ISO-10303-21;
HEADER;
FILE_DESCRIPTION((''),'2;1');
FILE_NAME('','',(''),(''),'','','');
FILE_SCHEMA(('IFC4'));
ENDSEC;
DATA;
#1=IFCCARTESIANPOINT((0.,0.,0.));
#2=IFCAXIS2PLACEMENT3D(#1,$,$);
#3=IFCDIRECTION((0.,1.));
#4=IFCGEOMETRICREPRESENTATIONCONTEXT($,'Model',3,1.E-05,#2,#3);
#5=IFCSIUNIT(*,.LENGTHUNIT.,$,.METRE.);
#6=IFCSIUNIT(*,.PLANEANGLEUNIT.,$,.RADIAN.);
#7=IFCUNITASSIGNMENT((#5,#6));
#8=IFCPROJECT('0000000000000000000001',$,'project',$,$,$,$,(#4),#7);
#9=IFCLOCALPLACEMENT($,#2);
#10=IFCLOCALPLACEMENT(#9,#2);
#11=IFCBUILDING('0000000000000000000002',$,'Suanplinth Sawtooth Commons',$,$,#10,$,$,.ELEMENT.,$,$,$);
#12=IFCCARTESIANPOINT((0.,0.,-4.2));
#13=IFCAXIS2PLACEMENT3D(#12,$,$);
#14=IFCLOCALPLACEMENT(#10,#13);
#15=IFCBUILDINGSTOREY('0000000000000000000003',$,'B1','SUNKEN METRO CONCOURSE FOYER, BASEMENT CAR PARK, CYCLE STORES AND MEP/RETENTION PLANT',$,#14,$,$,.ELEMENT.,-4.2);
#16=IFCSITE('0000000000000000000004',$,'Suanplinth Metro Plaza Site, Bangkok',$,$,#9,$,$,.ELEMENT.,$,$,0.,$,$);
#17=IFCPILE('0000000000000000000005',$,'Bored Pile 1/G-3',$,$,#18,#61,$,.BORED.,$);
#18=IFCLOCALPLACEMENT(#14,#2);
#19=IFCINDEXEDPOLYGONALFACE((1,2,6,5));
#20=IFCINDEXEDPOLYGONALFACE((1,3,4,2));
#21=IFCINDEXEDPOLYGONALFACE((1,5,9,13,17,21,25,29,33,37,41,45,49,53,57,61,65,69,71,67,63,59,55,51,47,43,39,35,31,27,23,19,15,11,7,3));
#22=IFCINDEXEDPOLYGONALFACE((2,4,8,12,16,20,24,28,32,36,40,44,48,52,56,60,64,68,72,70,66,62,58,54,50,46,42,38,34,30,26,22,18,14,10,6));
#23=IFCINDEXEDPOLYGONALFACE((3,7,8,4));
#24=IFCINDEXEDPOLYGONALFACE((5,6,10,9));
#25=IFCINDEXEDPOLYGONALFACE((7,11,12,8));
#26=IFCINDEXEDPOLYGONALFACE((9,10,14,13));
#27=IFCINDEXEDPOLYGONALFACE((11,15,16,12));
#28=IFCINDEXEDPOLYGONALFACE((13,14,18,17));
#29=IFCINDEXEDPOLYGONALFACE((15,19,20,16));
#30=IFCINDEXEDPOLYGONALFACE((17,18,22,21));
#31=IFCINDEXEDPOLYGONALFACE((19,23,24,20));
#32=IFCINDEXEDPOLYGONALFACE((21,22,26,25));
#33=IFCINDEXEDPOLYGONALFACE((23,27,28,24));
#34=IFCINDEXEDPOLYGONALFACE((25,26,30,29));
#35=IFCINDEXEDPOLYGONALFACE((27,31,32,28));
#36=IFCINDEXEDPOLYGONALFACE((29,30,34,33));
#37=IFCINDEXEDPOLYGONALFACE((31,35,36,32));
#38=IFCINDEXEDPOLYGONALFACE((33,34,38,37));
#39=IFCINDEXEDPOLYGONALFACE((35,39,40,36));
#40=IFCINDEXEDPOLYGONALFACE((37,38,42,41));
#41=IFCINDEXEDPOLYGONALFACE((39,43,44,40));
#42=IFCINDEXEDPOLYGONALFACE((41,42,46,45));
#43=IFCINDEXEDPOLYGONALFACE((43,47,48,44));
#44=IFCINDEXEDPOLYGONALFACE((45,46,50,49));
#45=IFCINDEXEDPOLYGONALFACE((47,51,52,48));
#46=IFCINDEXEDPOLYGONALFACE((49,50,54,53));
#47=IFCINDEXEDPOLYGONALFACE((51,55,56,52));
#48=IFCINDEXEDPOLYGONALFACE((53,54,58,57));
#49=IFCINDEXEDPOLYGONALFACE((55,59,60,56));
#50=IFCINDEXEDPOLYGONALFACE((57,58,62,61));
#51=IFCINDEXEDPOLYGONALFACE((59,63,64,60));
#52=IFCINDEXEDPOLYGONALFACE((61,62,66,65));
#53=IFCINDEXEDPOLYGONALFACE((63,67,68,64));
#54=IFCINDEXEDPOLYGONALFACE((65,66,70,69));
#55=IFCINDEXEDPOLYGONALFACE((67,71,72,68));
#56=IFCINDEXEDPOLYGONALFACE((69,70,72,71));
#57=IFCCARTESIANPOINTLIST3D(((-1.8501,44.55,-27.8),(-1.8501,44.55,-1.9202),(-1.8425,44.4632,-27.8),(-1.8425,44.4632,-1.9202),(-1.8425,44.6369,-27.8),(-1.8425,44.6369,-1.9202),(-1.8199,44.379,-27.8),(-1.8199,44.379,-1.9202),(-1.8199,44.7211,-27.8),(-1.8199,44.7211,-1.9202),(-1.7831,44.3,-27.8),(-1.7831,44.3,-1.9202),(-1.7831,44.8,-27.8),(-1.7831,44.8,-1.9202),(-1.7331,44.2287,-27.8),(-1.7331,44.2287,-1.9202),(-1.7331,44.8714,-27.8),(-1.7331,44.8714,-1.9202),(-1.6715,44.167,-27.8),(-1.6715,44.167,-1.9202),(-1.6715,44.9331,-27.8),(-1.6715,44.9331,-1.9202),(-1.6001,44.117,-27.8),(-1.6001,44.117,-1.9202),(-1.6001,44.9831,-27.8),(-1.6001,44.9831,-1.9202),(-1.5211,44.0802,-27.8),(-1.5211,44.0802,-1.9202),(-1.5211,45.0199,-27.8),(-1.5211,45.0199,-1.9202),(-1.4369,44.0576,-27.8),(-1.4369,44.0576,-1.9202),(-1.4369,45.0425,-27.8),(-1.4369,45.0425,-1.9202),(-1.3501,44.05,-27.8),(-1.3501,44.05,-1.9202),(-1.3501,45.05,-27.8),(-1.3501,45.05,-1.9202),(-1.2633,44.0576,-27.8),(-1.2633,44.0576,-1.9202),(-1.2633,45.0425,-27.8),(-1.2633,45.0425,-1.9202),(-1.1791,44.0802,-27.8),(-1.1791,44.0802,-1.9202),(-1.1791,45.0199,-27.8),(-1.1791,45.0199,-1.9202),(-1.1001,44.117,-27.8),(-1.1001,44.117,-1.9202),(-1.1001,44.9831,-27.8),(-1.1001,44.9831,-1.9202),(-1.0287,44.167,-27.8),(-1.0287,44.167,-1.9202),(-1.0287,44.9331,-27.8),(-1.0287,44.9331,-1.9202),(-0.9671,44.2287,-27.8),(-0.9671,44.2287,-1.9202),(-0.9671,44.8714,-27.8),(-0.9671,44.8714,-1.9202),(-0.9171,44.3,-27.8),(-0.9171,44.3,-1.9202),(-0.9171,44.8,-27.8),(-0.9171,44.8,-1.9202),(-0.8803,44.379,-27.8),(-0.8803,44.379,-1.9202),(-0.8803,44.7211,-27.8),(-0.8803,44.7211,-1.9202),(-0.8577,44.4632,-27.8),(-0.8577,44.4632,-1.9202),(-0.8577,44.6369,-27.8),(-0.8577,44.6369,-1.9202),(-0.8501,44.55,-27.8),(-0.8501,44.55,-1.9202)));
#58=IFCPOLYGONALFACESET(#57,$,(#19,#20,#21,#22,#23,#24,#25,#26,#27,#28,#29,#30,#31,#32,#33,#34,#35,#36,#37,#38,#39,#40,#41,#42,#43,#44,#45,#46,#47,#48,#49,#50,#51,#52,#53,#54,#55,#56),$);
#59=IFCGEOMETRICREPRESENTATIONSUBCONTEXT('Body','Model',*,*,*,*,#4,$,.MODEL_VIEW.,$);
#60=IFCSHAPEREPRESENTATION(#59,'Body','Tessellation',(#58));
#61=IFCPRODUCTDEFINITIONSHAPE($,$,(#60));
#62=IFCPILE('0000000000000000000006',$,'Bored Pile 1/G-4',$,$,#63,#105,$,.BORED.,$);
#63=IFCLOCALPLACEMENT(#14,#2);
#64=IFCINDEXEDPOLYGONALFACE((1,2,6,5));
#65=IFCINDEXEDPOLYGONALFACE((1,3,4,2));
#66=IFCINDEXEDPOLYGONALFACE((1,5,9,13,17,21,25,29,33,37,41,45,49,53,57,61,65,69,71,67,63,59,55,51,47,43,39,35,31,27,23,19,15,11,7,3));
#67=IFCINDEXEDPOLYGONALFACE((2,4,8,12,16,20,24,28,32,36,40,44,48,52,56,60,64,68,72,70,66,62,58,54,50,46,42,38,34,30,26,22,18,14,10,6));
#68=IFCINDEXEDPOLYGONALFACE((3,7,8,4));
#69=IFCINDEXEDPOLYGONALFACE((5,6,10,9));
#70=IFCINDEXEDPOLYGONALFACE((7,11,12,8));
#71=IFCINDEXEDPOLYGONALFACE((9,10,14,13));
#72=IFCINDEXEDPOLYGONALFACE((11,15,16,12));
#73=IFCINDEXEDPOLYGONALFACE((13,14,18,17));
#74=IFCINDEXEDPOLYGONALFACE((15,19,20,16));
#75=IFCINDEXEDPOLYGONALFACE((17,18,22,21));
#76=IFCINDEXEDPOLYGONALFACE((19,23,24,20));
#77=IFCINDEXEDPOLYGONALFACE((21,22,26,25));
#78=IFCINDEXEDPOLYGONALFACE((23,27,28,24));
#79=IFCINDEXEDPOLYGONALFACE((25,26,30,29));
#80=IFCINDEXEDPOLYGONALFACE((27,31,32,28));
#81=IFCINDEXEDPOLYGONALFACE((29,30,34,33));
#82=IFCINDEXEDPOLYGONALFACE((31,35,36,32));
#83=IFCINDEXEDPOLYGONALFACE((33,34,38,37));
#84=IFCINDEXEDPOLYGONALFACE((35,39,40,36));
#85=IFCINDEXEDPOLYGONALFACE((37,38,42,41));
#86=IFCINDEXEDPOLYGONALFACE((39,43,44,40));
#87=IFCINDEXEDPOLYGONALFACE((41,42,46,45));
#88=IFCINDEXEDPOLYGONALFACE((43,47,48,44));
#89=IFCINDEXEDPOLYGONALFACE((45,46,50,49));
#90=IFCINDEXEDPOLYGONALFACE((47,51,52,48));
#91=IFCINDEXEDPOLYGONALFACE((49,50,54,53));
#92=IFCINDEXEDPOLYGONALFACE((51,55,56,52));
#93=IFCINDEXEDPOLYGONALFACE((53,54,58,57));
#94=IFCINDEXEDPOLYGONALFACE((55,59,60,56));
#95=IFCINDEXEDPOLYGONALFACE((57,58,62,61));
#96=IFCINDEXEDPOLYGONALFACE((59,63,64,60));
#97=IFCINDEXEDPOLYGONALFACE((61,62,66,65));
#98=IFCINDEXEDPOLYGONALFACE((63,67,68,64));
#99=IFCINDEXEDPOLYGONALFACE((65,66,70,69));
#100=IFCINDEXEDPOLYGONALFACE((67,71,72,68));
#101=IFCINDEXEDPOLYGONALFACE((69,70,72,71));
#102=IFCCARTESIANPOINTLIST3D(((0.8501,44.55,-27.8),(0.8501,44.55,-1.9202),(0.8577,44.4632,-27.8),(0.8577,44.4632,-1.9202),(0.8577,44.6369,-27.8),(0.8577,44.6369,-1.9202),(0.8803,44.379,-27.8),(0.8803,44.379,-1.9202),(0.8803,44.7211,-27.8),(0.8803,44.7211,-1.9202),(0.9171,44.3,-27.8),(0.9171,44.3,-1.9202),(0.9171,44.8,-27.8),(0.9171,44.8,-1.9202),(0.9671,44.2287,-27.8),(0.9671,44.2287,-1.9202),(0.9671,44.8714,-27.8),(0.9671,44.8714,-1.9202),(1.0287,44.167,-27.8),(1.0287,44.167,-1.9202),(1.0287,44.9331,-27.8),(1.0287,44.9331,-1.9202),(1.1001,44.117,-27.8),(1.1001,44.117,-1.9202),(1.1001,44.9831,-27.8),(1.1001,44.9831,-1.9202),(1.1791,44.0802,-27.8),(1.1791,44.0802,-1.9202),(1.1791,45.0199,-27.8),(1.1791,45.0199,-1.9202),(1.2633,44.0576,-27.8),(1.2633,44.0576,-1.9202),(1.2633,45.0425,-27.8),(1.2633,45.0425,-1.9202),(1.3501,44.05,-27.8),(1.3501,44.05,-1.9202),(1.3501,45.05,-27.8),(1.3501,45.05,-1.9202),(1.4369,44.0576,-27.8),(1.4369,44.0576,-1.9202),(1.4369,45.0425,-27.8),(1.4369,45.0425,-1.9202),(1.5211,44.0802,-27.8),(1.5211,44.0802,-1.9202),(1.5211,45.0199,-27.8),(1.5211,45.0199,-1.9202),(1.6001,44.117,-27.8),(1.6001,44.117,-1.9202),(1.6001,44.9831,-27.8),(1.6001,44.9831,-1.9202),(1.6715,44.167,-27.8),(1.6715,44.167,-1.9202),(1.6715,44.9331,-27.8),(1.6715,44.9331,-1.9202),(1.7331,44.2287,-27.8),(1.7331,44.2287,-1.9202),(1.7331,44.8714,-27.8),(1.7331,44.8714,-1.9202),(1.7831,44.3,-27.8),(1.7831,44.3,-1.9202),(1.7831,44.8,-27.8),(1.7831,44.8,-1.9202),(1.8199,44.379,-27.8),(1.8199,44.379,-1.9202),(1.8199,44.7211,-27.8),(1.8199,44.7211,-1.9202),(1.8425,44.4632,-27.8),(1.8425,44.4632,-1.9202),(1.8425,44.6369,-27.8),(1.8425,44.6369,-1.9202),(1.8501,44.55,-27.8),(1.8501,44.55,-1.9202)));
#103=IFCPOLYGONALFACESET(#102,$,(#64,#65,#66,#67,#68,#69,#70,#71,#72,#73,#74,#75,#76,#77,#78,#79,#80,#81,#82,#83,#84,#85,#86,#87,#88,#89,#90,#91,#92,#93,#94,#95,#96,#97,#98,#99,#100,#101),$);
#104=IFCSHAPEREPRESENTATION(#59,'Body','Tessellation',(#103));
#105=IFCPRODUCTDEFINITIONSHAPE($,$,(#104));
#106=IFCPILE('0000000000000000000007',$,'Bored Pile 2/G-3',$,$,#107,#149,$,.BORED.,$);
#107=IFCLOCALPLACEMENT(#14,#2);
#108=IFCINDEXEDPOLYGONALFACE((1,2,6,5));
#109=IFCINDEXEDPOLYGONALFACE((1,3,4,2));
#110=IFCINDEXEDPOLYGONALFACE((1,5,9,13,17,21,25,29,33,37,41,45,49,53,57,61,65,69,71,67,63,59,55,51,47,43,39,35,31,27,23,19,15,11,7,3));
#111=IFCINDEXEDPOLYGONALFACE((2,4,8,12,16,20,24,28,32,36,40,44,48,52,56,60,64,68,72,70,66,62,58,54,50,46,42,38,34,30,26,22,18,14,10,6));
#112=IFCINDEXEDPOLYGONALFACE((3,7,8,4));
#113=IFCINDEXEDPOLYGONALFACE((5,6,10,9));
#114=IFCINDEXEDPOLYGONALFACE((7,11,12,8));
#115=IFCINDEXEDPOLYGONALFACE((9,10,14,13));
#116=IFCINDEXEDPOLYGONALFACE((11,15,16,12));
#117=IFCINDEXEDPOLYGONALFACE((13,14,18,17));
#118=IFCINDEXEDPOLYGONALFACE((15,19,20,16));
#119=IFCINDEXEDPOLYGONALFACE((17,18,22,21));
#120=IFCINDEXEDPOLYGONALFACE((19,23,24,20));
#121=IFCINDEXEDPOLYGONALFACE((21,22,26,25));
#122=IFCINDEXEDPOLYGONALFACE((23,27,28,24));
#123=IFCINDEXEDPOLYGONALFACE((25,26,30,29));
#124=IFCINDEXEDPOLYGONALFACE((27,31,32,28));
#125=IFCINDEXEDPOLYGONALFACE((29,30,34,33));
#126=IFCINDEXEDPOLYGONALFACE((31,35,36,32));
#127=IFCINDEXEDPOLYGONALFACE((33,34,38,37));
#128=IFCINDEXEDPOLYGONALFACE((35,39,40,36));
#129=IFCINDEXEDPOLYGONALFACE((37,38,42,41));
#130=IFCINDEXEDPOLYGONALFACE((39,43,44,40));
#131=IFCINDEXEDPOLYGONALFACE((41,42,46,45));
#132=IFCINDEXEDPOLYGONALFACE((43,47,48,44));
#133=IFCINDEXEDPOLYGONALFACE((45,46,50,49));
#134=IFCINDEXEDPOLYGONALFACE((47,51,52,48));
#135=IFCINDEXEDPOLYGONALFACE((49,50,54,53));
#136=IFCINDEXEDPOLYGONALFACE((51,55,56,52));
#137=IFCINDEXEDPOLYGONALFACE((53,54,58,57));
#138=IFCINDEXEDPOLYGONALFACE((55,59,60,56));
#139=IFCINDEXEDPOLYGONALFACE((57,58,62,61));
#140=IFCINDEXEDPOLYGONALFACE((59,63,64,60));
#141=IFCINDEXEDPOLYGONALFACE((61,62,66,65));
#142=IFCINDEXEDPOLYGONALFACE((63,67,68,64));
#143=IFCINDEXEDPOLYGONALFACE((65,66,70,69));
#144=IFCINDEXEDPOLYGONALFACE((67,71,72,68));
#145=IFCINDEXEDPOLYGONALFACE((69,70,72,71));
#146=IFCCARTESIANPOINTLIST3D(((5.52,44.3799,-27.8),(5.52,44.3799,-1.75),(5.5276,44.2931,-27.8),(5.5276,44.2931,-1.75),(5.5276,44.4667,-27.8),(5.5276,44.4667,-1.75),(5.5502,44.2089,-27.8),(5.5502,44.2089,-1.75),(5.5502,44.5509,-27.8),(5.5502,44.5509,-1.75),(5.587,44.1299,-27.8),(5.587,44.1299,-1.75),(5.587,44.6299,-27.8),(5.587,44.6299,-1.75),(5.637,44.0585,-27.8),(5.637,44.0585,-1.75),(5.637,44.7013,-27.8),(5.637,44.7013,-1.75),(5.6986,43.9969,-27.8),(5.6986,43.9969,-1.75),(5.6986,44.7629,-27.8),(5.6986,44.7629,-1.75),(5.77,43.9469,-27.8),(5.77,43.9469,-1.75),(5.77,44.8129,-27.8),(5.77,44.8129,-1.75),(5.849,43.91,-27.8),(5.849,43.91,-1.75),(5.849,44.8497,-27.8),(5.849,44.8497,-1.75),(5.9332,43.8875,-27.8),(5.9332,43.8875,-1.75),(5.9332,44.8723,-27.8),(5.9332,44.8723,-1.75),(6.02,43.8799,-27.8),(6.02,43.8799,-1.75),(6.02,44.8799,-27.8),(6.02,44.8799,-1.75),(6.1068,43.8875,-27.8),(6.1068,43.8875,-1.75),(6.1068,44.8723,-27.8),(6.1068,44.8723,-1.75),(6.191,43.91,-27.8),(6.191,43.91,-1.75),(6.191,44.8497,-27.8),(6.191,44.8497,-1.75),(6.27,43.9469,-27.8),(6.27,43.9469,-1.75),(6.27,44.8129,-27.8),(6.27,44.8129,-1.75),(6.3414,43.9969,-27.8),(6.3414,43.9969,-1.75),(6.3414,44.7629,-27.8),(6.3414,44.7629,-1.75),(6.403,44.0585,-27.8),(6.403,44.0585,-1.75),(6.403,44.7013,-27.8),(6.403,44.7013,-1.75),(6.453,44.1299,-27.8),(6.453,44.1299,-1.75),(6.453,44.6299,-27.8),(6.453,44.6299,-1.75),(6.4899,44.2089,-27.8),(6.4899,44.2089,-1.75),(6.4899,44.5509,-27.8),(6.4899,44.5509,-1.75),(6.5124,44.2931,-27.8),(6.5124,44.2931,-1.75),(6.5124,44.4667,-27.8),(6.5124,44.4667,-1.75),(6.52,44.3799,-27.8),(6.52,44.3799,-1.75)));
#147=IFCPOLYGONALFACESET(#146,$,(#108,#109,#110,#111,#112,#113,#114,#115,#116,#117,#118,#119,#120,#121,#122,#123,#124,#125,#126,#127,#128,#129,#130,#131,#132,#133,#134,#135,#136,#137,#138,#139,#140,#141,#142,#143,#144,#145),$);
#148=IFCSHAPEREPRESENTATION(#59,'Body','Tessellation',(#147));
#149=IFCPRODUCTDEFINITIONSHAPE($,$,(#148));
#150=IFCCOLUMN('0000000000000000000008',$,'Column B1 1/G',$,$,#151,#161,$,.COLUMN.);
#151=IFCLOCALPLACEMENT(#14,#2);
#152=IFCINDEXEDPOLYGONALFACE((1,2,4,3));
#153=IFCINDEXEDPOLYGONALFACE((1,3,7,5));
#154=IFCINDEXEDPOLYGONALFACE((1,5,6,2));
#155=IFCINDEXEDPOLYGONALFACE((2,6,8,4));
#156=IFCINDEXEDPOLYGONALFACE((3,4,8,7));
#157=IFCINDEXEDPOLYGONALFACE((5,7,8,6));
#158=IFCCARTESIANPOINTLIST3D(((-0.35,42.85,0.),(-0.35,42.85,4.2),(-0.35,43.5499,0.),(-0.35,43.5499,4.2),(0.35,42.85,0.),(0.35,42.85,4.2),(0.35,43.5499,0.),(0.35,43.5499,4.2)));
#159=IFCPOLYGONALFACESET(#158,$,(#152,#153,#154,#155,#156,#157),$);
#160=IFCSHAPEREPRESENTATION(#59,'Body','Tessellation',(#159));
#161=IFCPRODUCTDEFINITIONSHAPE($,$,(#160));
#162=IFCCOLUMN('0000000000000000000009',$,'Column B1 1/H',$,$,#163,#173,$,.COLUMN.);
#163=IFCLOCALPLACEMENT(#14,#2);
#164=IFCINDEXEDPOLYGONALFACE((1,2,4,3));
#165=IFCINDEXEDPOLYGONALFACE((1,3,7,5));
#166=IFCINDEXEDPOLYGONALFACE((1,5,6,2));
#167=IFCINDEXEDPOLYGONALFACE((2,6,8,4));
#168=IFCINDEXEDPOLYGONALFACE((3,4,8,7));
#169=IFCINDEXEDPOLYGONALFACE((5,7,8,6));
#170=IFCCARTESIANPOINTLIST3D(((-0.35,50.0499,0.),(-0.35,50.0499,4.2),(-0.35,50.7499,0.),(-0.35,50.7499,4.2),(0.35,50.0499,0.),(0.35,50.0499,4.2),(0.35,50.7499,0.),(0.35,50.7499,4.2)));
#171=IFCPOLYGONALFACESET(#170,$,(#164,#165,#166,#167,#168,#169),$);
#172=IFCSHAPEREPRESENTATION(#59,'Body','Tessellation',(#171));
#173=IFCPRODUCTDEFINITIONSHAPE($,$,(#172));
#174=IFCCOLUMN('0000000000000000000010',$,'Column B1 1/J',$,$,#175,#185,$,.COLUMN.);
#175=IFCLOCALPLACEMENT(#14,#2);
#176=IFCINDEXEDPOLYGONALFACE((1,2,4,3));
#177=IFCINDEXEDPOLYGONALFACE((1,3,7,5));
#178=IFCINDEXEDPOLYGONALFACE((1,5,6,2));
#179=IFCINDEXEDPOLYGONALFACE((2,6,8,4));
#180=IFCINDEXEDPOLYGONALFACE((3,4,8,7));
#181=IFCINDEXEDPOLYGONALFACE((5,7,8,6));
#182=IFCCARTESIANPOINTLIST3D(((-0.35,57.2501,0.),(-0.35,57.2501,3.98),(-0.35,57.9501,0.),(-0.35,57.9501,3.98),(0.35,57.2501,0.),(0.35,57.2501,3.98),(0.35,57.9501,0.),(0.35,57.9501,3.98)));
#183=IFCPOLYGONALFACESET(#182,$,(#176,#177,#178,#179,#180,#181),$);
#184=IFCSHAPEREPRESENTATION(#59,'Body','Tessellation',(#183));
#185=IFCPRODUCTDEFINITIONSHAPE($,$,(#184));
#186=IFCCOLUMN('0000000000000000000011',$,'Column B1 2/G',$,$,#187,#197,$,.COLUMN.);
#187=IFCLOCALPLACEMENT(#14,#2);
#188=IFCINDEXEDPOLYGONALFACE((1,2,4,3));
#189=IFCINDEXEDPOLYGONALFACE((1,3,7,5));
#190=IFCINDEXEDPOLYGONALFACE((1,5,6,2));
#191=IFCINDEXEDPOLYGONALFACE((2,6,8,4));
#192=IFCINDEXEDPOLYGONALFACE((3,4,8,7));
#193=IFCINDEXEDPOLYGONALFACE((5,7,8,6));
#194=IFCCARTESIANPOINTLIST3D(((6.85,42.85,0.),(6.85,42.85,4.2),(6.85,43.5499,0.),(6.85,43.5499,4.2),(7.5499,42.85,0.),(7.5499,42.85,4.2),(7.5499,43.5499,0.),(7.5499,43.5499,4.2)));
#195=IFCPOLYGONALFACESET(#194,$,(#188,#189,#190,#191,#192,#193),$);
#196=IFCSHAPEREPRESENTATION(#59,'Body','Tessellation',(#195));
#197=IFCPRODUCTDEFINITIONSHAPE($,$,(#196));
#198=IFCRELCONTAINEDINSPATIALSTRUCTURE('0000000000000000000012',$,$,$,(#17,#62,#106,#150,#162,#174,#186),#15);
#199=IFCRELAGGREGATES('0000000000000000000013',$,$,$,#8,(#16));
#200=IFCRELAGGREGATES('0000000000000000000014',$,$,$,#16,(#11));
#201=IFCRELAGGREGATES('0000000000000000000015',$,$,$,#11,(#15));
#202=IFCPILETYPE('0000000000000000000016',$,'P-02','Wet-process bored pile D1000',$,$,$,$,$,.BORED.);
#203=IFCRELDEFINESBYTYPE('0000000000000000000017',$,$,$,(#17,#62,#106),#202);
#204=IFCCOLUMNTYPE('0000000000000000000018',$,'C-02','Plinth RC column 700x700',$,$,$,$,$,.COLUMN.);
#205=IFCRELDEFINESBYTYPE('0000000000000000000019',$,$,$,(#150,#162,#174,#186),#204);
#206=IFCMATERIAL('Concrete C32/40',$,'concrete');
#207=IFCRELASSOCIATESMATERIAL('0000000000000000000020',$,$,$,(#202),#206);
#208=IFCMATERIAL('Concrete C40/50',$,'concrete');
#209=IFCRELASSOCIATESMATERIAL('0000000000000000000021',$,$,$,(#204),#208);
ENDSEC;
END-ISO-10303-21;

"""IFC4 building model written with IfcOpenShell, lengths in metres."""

from ifc_helpers import new_model, si_unit, direction, frame, origin, origin_2d, place, context, subcontext, project, spatial, rectangle, circle, extrude, material, material_profile, profile_set, type_object, element, save


model = new_model("IFC4")

# Units and contexts
model_context = context("Model", 3, precision=1e-05, world=origin(), true_north=direction((0.0, 1.0)))
body_context = subcontext(model_context, "Body", "Model", "MODEL_VIEW")
ifc_project = project(units=[si_unit("LENGTHUNIT", "METRE"), si_unit("PLANEANGLEUNIT", "RADIAN")], contexts=[model_context])

# Site, building, storey
site_placement = place(None, origin())
site = spatial("IfcSite", under=ifc_project, at=site_placement, Name="Suanplinth Metro Plaza Site, Bangkok", CompositionType="ELEMENT", RefElevation=0.0)
building_placement = place(site_placement, origin())
building = spatial("IfcBuilding", under=site, at=building_placement, Name="Suanplinth Sawtooth Commons", CompositionType="ELEMENT")
storey_placement = place(building_placement, frame((0.0, 0.0, -4.2)))
storey = spatial("IfcBuildingStorey", under=building, at=storey_placement, Name="B1", Description="SUNKEN METRO CONCOURSE FOYER, BASEMENT CAR PARK, CYCLE STORES AND MEP/RETENTION PLANT", CompositionType="ELEMENT", Elevation=-4.2)

# Piles
ifc_material_1 = material(Name="Concrete C32/40", Category="concrete")
ifc_material_profile_1 = material_profile(ifc_material_1, circle(Radius=0.5, at=origin_2d()), Name="PILE D1000")
ifc_profile_set_1 = profile_set([ifc_material_profile_1], Name="Concrete C32/40")
pile_type_1 = type_object("IfcPileType", Name="P-02", Description="Wet-process bored pile D1000", PredefinedType="BORED", material=ifc_profile_set_1)
for number, where, z_axis, x_axis, name in (
    (1, (-1.3501, 44.55, -1.9202), (0.0, 0.0, -1.0), (1.0, 0.0, 0.0), "Bored Pile 1/G-3"),
    (2, (1.3501, 44.55, -1.9202), (0.0, 0.0, -1.0), (1.0, 0.0, 0.0), "Bored Pile 1/G-4"),
):
    element("IfcPile", number, at=place(storey_placement, frame(where, z_axis=z_axis, x_axis=x_axis)), inside=storey, type_object=pile_type_1, Name=name, PredefinedType="BORED", context=body_context, shape_type="SweptSolid", body=[
        extrude(circle(Radius=0.5, at=origin_2d()), origin(), (0.0, 0.0, 1.0), 25.8799),
    ])
pile_1_placement = place(storey_placement, frame((6.02, 44.3799, -1.75), z_axis=(0.0, 0.0, -1.0), x_axis=(1.0, 0.0, 0.0)))
element("IfcPile", 3, at=pile_1_placement, inside=storey, type_object=pile_type_1, Name="Bored Pile 2/G-3", PredefinedType="BORED", context=body_context, shape_type="SweptSolid", body=[
    extrude(circle(Radius=0.5, at=origin_2d()), origin(), (0.0, 0.0, 1.0), 26.05),
])

# Columns
ifc_material_2 = material(Name="Concrete C40/50", Category="concrete")
ifc_material_profile_2 = material_profile(ifc_material_2, rectangle(XDim=0.7, YDim=0.7, at=origin_2d()), Name="RC-COL 700x700")
ifc_profile_set_2 = profile_set([ifc_material_profile_2], Name="Concrete C40/50")
column_type = type_object("IfcColumnType", Name="C-02", Description="Plinth RC column 700x700", PredefinedType="COLUMN", material=ifc_profile_set_2)
for number, where, z_axis, x_axis, name in (
    (4, (0.0, 43.2, 0.0), (0.0, 0.0, 1.0), (1.0, 0.0, 0.0), "Column B1 1/G"),
    (5, (0.0, 50.3999, 0.0), (0.0, 0.0, 1.0), (1.0, 0.0, 0.0), "Column B1 1/H"),
):
    element("IfcColumn", number, at=place(storey_placement, frame(where, z_axis=z_axis, x_axis=x_axis)), inside=storey, type_object=column_type, Name=name, PredefinedType="COLUMN", context=body_context, shape_type="SweptSolid", body=[
        extrude(rectangle(XDim=0.7, YDim=0.7, at=origin_2d()), origin(), (0.0, 0.0, 1.0), 4.2),
    ])
column_1_placement = place(storey_placement, frame((0.0, 57.6001, 0.0), z_axis=(0.0, 0.0, 1.0), x_axis=(1.0, 0.0, 0.0)))
element("IfcColumn", 6, at=column_1_placement, inside=storey, type_object=column_type, Name="Column B1 1/J", PredefinedType="COLUMN", context=body_context, shape_type="SweptSolid", body=[
    extrude(rectangle(XDim=0.7, YDim=0.7, at=origin_2d()), origin(), (0.0, 0.0, 1.0), 3.98),
])
column_2_placement = place(storey_placement, frame((7.2, 43.2, 0.0), z_axis=(0.0, 0.0, 1.0), x_axis=(1.0, 0.0, 0.0)))
element("IfcColumn", 7, at=column_2_placement, inside=storey, type_object=column_type, Name="Column B1 2/G", PredefinedType="COLUMN", context=body_context, shape_type="SweptSolid", body=[
    extrude(rectangle(XDim=0.7, YDim=0.7, at=origin_2d()), origin(), (0.0, 0.0, 1.0), 4.2),
])

save(model, "model.ifc")
